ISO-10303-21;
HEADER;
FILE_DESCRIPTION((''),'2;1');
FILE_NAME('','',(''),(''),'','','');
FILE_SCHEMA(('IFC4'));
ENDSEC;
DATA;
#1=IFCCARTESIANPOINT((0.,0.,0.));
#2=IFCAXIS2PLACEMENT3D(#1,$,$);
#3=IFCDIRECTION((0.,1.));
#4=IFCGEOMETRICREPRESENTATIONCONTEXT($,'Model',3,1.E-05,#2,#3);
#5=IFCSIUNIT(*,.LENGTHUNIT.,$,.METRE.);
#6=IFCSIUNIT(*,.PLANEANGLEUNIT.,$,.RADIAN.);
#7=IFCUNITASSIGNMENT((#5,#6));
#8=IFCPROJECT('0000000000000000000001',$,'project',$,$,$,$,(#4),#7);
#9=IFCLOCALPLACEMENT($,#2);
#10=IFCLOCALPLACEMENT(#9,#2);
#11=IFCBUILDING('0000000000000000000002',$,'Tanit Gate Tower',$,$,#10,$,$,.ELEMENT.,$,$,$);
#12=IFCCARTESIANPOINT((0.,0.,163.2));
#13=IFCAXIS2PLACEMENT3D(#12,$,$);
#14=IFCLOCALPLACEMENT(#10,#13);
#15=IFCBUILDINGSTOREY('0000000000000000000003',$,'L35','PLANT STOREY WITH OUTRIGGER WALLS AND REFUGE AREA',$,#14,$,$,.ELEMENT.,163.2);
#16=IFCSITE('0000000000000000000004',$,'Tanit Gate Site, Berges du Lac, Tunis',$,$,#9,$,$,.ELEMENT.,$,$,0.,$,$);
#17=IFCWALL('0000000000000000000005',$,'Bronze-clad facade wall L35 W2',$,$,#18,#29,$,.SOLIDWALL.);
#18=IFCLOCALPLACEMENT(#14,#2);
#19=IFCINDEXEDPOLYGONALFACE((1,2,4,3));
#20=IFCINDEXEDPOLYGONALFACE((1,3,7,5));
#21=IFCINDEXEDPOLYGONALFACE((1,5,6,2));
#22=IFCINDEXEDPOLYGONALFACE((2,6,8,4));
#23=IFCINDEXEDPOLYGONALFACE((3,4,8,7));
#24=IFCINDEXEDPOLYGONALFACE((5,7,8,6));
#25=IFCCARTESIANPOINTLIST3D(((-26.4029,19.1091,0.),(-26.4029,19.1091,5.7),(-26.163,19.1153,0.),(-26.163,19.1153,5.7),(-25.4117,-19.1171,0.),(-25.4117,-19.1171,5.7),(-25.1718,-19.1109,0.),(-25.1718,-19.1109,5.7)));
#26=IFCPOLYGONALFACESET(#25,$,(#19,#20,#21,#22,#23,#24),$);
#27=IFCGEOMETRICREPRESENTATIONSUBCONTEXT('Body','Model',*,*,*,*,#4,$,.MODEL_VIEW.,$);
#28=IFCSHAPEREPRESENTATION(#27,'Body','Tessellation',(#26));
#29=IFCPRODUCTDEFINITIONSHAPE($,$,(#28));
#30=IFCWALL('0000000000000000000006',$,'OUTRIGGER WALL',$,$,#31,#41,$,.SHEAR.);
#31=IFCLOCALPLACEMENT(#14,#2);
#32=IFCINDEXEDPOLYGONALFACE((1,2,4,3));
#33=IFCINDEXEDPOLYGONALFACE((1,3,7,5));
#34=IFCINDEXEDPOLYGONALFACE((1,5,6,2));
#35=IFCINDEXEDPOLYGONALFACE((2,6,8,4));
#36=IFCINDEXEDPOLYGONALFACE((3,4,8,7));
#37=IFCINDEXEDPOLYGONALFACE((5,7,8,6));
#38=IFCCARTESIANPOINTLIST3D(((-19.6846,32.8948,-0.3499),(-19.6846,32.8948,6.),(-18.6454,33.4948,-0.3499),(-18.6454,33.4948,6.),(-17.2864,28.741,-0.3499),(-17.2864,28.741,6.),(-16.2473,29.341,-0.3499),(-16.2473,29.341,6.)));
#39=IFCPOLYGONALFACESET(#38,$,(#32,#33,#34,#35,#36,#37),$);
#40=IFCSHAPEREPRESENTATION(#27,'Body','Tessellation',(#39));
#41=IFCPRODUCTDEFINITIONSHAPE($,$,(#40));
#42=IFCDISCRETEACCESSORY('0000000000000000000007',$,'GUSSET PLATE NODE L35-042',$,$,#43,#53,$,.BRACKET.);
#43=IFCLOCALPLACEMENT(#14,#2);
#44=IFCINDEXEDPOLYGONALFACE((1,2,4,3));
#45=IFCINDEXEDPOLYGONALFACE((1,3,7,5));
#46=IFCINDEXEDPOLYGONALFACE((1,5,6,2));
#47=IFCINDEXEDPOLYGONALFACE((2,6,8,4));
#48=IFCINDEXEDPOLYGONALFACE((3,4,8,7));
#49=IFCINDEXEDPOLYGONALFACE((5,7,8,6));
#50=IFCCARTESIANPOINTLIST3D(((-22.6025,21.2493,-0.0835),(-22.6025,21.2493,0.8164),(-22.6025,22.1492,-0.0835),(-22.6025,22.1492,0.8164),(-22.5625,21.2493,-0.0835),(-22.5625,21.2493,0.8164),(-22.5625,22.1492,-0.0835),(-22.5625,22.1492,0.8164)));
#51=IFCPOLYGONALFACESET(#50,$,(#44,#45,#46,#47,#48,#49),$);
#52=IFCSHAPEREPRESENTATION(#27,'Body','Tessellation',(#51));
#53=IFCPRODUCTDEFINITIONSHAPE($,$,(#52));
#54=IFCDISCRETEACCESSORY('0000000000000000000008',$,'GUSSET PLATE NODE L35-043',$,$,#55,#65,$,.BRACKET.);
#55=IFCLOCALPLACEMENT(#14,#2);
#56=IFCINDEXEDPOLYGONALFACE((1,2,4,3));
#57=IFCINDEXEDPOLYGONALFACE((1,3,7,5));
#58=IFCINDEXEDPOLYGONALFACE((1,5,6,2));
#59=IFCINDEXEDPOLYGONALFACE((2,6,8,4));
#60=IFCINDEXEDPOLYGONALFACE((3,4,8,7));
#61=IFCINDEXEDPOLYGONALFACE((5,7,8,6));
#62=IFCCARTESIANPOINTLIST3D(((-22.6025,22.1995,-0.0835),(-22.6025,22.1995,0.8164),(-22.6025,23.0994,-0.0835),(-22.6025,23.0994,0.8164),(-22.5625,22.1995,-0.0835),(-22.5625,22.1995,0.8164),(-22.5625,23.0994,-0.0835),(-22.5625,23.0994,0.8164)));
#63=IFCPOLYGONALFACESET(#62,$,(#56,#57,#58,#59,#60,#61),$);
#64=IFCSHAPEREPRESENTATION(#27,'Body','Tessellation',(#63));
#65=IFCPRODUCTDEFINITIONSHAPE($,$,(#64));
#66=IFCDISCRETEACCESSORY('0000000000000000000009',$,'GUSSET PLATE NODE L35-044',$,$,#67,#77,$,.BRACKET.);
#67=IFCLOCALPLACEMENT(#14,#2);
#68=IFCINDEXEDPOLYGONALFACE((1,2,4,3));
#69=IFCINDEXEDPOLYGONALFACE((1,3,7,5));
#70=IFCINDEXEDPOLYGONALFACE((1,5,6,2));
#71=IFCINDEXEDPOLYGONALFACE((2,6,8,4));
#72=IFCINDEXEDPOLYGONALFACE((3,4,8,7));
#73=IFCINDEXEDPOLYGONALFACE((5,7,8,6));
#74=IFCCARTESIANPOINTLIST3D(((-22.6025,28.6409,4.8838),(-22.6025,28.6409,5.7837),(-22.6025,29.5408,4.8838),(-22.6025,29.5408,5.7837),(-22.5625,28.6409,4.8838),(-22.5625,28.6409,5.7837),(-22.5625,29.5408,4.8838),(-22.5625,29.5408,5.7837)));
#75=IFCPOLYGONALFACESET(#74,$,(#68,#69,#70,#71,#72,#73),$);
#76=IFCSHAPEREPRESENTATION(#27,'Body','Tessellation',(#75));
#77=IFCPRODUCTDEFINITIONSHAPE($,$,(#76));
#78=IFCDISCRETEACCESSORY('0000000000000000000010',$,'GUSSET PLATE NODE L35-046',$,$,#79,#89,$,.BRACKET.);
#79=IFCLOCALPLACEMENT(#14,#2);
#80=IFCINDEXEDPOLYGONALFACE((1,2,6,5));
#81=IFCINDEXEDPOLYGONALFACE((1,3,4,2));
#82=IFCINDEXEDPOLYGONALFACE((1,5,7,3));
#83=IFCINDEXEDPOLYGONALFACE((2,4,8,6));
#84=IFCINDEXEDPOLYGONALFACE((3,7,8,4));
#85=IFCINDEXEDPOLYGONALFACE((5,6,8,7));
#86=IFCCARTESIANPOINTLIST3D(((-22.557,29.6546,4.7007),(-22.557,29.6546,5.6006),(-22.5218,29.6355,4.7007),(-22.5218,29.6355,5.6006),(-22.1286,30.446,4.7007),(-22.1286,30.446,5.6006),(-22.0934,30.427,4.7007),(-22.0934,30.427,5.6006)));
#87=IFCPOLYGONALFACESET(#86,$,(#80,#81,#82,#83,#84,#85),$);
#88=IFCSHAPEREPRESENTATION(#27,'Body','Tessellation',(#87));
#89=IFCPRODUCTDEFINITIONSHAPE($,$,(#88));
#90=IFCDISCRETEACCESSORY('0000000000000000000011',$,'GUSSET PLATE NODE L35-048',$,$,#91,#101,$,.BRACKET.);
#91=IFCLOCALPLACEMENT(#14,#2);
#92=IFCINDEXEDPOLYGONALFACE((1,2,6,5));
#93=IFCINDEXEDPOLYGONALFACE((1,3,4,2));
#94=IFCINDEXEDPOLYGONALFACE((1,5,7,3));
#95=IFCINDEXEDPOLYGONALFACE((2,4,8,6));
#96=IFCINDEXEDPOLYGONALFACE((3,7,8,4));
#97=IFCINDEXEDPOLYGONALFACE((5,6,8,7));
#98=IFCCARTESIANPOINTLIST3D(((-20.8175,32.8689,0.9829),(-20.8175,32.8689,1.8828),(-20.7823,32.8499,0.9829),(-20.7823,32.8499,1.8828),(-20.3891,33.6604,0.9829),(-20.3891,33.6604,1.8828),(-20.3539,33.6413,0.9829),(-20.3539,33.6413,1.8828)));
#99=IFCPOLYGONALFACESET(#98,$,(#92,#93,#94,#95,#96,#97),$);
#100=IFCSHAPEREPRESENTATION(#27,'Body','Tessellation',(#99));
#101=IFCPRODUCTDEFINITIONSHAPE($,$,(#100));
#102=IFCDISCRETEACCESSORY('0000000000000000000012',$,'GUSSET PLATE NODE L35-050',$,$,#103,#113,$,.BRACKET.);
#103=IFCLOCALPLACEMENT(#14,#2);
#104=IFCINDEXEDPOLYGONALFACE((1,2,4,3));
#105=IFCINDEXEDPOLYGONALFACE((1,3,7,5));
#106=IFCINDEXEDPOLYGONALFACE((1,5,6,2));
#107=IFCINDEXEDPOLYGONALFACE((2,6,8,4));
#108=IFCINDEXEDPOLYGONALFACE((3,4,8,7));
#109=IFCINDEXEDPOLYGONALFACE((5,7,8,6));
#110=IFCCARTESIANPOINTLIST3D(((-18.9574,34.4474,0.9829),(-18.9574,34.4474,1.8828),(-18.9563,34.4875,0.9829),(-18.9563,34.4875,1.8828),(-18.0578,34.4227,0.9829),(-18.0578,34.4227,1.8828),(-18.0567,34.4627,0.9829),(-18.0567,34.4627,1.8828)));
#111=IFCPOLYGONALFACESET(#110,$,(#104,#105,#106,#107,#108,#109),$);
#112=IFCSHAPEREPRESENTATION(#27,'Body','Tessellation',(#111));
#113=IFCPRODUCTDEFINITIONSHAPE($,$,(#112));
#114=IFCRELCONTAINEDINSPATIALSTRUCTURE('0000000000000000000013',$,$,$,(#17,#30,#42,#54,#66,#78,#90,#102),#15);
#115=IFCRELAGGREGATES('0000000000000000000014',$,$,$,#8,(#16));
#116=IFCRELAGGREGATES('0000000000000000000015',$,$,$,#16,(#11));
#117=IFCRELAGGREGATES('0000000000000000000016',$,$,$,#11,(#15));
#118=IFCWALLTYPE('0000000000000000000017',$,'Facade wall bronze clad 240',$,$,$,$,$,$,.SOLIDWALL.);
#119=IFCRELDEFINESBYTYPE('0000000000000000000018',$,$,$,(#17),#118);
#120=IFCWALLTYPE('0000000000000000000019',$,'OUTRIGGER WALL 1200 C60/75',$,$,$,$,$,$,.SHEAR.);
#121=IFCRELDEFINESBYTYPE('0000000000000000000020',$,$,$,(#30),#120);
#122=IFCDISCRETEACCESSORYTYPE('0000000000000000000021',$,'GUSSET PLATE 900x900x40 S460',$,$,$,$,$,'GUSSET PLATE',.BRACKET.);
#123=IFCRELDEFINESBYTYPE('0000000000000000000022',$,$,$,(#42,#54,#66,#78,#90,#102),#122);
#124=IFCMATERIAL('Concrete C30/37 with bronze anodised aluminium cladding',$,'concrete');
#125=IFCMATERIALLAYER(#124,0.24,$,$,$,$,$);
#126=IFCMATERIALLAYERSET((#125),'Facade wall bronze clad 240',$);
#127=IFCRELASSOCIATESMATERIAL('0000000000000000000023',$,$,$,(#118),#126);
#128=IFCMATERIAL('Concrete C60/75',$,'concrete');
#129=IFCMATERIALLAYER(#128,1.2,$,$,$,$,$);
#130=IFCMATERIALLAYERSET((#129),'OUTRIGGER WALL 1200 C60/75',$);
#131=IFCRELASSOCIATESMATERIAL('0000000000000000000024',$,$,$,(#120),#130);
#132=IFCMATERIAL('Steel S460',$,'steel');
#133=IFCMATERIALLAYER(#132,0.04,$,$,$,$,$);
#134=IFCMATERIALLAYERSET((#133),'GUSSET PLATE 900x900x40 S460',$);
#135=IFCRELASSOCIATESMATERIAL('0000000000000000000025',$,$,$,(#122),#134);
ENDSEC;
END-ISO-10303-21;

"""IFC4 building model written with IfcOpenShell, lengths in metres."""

from ifc_helpers import new_model, si_unit, direction, frame, frame_2d, origin, origin_2d, place, context, subcontext, project, spatial, rectangle, extrude, material, layer, layer_set, type_object, element, save


model = new_model("IFC4")

# Units and contexts
model_context = context("Model", 3, precision=1e-05, world=origin(), true_north=direction((0.0, 1.0)))
body_context = subcontext(model_context, "Body", "Model", "MODEL_VIEW")
ifc_project = project(units=[si_unit("LENGTHUNIT", "METRE"), si_unit("PLANEANGLEUNIT", "RADIAN")], contexts=[model_context])

# Site, building, storey
site_placement = place(None, origin())
site = spatial("IfcSite", under=ifc_project, at=site_placement, Name="Tanit Gate Site, Berges du Lac, Tunis", CompositionType="ELEMENT", RefElevation=0.0)
building_placement = place(site_placement, origin())
building = spatial("IfcBuilding", under=site, at=building_placement, Name="Tanit Gate Tower", CompositionType="ELEMENT")
storey_placement = place(building_placement, frame((0.0, 0.0, 163.2)))
storey = spatial("IfcBuildingStorey", under=building, at=storey_placement, Name="L35", Description="PLANT STOREY WITH OUTRIGGER WALLS AND REFUGE AREA", CompositionType="ELEMENT", Elevation=163.2)

# Walls
ifc_material_1 = material(Name="Concrete C30/37 with bronze anodised aluminium cladding", Category="concrete")
ifc_layer_1 = layer(ifc_material_1, 0.24)
ifc_layer_set_1 = layer_set([ifc_layer_1], Name="Facade wall bronze clad 240")
wall_type_1 = type_object("IfcWallType", Name="Facade wall bronze clad 240", PredefinedType="SOLIDWALL", material=ifc_layer_set_1)
wall_1_placement = place(storey_placement, frame((-26.283, 19.1123, 0.0), z_axis=(0.0, 0.0, 1.0), x_axis=(0.025922, -0.999664, 0.0)))
element("IfcWall", 1, at=wall_1_placement, inside=storey, type_object=wall_type_1, Name="Bronze-clad facade wall L35 W2", PredefinedType="SOLIDWALL", context=body_context, shape_type="SweptSolid", body=[
    extrude(rectangle(XDim=38.239, YDim=0.24, at=frame_2d((19.1196, 0.0))), origin(), (0.0, 0.0, 1.0), 5.7),
])
ifc_material_2 = material(Name="Concrete C60/75", Category="concrete")
ifc_layer_2 = layer(ifc_material_2, 1.2)
ifc_layer_set_2 = layer_set([ifc_layer_2], Name="OUTRIGGER WALL 1200 C60/75")
wall_type_2 = type_object("IfcWallType", Name="OUTRIGGER WALL 1200 C60/75", PredefinedType="SHEAR", material=ifc_layer_set_2)
wall_2_placement = place(storey_placement, frame((-16.7668, 29.041, -0.3499), z_axis=(0.0, 0.0, 1.0), x_axis=(-0.499999, 0.866026, 0.0)))
element("IfcWall", 2, at=wall_2_placement, inside=storey, type_object=wall_type_2, Name="OUTRIGGER WALL", PredefinedType="SHEAR", context=body_context, shape_type="SweptSolid", body=[
    extrude(rectangle(XDim=4.7964, YDim=1.2, at=frame_2d((2.3982, 0.0))), origin(), (0.0, 0.0, 1.0), 6.3499),
])

# Discrete accessories
ifc_material_3 = material(Name="Steel S460", Category="steel")
ifc_layer_3 = layer(ifc_material_3, 0.04)
ifc_layer_set_3 = layer_set([ifc_layer_3], Name="GUSSET PLATE 900x900x40 S460")
discrete_accessory_type = type_object("IfcDiscreteAccessoryType", Name="GUSSET PLATE 900x900x40 S460", ElementType="GUSSET PLATE", PredefinedType="BRACKET", material=ifc_layer_set_3)
for number, where, z_axis, x_axis, name in (
    (3, (-22.5825, 21.6992, -0.0835), (0.0, 0.0, 1.0), (0.0, -1.0, 0.0), "GUSSET PLATE NODE L35-042"),
    (4, (-22.5825, 22.6494, -0.0835), (0.0, 0.0, 1.0), (0.0, 1.0, 0.0), "GUSSET PLATE NODE L35-043"),
    (5, (-22.5825, 29.0908, 4.8838), (0.0, 0.0, 1.0), (0.0, -1.0, 0.0), "GUSSET PLATE NODE L35-044"),
    (6, (-22.3252, 30.0408, 4.7007), (0.0, 0.0, 1.0), (0.475993, 0.879449, 0.0), "GUSSET PLATE NODE L35-046"),
    (7, (-20.5857, 33.2551, 0.9829), (0.0, 0.0, 1.0), (-0.475993, -0.879449, 0.0), "GUSSET PLATE NODE L35-048"),
    (8, (-18.5071, 34.4551, 0.9829), (0.0, 0.0, 1.0), (0.999622, -0.027485, 0.0), "GUSSET PLATE NODE L35-050"),
):
    element("IfcDiscreteAccessory", number, at=place(storey_placement, frame(where, z_axis=z_axis, x_axis=x_axis)), inside=storey, type_object=discrete_accessory_type, Name=name, PredefinedType="BRACKET", context=body_context, shape_type="SweptSolid", body=[
        extrude(rectangle(XDim=0.8999, YDim=0.04, at=origin_2d()), origin(), (0.0, 0.0, 1.0), 0.8999),
    ])

save(model, "model.ifc")
